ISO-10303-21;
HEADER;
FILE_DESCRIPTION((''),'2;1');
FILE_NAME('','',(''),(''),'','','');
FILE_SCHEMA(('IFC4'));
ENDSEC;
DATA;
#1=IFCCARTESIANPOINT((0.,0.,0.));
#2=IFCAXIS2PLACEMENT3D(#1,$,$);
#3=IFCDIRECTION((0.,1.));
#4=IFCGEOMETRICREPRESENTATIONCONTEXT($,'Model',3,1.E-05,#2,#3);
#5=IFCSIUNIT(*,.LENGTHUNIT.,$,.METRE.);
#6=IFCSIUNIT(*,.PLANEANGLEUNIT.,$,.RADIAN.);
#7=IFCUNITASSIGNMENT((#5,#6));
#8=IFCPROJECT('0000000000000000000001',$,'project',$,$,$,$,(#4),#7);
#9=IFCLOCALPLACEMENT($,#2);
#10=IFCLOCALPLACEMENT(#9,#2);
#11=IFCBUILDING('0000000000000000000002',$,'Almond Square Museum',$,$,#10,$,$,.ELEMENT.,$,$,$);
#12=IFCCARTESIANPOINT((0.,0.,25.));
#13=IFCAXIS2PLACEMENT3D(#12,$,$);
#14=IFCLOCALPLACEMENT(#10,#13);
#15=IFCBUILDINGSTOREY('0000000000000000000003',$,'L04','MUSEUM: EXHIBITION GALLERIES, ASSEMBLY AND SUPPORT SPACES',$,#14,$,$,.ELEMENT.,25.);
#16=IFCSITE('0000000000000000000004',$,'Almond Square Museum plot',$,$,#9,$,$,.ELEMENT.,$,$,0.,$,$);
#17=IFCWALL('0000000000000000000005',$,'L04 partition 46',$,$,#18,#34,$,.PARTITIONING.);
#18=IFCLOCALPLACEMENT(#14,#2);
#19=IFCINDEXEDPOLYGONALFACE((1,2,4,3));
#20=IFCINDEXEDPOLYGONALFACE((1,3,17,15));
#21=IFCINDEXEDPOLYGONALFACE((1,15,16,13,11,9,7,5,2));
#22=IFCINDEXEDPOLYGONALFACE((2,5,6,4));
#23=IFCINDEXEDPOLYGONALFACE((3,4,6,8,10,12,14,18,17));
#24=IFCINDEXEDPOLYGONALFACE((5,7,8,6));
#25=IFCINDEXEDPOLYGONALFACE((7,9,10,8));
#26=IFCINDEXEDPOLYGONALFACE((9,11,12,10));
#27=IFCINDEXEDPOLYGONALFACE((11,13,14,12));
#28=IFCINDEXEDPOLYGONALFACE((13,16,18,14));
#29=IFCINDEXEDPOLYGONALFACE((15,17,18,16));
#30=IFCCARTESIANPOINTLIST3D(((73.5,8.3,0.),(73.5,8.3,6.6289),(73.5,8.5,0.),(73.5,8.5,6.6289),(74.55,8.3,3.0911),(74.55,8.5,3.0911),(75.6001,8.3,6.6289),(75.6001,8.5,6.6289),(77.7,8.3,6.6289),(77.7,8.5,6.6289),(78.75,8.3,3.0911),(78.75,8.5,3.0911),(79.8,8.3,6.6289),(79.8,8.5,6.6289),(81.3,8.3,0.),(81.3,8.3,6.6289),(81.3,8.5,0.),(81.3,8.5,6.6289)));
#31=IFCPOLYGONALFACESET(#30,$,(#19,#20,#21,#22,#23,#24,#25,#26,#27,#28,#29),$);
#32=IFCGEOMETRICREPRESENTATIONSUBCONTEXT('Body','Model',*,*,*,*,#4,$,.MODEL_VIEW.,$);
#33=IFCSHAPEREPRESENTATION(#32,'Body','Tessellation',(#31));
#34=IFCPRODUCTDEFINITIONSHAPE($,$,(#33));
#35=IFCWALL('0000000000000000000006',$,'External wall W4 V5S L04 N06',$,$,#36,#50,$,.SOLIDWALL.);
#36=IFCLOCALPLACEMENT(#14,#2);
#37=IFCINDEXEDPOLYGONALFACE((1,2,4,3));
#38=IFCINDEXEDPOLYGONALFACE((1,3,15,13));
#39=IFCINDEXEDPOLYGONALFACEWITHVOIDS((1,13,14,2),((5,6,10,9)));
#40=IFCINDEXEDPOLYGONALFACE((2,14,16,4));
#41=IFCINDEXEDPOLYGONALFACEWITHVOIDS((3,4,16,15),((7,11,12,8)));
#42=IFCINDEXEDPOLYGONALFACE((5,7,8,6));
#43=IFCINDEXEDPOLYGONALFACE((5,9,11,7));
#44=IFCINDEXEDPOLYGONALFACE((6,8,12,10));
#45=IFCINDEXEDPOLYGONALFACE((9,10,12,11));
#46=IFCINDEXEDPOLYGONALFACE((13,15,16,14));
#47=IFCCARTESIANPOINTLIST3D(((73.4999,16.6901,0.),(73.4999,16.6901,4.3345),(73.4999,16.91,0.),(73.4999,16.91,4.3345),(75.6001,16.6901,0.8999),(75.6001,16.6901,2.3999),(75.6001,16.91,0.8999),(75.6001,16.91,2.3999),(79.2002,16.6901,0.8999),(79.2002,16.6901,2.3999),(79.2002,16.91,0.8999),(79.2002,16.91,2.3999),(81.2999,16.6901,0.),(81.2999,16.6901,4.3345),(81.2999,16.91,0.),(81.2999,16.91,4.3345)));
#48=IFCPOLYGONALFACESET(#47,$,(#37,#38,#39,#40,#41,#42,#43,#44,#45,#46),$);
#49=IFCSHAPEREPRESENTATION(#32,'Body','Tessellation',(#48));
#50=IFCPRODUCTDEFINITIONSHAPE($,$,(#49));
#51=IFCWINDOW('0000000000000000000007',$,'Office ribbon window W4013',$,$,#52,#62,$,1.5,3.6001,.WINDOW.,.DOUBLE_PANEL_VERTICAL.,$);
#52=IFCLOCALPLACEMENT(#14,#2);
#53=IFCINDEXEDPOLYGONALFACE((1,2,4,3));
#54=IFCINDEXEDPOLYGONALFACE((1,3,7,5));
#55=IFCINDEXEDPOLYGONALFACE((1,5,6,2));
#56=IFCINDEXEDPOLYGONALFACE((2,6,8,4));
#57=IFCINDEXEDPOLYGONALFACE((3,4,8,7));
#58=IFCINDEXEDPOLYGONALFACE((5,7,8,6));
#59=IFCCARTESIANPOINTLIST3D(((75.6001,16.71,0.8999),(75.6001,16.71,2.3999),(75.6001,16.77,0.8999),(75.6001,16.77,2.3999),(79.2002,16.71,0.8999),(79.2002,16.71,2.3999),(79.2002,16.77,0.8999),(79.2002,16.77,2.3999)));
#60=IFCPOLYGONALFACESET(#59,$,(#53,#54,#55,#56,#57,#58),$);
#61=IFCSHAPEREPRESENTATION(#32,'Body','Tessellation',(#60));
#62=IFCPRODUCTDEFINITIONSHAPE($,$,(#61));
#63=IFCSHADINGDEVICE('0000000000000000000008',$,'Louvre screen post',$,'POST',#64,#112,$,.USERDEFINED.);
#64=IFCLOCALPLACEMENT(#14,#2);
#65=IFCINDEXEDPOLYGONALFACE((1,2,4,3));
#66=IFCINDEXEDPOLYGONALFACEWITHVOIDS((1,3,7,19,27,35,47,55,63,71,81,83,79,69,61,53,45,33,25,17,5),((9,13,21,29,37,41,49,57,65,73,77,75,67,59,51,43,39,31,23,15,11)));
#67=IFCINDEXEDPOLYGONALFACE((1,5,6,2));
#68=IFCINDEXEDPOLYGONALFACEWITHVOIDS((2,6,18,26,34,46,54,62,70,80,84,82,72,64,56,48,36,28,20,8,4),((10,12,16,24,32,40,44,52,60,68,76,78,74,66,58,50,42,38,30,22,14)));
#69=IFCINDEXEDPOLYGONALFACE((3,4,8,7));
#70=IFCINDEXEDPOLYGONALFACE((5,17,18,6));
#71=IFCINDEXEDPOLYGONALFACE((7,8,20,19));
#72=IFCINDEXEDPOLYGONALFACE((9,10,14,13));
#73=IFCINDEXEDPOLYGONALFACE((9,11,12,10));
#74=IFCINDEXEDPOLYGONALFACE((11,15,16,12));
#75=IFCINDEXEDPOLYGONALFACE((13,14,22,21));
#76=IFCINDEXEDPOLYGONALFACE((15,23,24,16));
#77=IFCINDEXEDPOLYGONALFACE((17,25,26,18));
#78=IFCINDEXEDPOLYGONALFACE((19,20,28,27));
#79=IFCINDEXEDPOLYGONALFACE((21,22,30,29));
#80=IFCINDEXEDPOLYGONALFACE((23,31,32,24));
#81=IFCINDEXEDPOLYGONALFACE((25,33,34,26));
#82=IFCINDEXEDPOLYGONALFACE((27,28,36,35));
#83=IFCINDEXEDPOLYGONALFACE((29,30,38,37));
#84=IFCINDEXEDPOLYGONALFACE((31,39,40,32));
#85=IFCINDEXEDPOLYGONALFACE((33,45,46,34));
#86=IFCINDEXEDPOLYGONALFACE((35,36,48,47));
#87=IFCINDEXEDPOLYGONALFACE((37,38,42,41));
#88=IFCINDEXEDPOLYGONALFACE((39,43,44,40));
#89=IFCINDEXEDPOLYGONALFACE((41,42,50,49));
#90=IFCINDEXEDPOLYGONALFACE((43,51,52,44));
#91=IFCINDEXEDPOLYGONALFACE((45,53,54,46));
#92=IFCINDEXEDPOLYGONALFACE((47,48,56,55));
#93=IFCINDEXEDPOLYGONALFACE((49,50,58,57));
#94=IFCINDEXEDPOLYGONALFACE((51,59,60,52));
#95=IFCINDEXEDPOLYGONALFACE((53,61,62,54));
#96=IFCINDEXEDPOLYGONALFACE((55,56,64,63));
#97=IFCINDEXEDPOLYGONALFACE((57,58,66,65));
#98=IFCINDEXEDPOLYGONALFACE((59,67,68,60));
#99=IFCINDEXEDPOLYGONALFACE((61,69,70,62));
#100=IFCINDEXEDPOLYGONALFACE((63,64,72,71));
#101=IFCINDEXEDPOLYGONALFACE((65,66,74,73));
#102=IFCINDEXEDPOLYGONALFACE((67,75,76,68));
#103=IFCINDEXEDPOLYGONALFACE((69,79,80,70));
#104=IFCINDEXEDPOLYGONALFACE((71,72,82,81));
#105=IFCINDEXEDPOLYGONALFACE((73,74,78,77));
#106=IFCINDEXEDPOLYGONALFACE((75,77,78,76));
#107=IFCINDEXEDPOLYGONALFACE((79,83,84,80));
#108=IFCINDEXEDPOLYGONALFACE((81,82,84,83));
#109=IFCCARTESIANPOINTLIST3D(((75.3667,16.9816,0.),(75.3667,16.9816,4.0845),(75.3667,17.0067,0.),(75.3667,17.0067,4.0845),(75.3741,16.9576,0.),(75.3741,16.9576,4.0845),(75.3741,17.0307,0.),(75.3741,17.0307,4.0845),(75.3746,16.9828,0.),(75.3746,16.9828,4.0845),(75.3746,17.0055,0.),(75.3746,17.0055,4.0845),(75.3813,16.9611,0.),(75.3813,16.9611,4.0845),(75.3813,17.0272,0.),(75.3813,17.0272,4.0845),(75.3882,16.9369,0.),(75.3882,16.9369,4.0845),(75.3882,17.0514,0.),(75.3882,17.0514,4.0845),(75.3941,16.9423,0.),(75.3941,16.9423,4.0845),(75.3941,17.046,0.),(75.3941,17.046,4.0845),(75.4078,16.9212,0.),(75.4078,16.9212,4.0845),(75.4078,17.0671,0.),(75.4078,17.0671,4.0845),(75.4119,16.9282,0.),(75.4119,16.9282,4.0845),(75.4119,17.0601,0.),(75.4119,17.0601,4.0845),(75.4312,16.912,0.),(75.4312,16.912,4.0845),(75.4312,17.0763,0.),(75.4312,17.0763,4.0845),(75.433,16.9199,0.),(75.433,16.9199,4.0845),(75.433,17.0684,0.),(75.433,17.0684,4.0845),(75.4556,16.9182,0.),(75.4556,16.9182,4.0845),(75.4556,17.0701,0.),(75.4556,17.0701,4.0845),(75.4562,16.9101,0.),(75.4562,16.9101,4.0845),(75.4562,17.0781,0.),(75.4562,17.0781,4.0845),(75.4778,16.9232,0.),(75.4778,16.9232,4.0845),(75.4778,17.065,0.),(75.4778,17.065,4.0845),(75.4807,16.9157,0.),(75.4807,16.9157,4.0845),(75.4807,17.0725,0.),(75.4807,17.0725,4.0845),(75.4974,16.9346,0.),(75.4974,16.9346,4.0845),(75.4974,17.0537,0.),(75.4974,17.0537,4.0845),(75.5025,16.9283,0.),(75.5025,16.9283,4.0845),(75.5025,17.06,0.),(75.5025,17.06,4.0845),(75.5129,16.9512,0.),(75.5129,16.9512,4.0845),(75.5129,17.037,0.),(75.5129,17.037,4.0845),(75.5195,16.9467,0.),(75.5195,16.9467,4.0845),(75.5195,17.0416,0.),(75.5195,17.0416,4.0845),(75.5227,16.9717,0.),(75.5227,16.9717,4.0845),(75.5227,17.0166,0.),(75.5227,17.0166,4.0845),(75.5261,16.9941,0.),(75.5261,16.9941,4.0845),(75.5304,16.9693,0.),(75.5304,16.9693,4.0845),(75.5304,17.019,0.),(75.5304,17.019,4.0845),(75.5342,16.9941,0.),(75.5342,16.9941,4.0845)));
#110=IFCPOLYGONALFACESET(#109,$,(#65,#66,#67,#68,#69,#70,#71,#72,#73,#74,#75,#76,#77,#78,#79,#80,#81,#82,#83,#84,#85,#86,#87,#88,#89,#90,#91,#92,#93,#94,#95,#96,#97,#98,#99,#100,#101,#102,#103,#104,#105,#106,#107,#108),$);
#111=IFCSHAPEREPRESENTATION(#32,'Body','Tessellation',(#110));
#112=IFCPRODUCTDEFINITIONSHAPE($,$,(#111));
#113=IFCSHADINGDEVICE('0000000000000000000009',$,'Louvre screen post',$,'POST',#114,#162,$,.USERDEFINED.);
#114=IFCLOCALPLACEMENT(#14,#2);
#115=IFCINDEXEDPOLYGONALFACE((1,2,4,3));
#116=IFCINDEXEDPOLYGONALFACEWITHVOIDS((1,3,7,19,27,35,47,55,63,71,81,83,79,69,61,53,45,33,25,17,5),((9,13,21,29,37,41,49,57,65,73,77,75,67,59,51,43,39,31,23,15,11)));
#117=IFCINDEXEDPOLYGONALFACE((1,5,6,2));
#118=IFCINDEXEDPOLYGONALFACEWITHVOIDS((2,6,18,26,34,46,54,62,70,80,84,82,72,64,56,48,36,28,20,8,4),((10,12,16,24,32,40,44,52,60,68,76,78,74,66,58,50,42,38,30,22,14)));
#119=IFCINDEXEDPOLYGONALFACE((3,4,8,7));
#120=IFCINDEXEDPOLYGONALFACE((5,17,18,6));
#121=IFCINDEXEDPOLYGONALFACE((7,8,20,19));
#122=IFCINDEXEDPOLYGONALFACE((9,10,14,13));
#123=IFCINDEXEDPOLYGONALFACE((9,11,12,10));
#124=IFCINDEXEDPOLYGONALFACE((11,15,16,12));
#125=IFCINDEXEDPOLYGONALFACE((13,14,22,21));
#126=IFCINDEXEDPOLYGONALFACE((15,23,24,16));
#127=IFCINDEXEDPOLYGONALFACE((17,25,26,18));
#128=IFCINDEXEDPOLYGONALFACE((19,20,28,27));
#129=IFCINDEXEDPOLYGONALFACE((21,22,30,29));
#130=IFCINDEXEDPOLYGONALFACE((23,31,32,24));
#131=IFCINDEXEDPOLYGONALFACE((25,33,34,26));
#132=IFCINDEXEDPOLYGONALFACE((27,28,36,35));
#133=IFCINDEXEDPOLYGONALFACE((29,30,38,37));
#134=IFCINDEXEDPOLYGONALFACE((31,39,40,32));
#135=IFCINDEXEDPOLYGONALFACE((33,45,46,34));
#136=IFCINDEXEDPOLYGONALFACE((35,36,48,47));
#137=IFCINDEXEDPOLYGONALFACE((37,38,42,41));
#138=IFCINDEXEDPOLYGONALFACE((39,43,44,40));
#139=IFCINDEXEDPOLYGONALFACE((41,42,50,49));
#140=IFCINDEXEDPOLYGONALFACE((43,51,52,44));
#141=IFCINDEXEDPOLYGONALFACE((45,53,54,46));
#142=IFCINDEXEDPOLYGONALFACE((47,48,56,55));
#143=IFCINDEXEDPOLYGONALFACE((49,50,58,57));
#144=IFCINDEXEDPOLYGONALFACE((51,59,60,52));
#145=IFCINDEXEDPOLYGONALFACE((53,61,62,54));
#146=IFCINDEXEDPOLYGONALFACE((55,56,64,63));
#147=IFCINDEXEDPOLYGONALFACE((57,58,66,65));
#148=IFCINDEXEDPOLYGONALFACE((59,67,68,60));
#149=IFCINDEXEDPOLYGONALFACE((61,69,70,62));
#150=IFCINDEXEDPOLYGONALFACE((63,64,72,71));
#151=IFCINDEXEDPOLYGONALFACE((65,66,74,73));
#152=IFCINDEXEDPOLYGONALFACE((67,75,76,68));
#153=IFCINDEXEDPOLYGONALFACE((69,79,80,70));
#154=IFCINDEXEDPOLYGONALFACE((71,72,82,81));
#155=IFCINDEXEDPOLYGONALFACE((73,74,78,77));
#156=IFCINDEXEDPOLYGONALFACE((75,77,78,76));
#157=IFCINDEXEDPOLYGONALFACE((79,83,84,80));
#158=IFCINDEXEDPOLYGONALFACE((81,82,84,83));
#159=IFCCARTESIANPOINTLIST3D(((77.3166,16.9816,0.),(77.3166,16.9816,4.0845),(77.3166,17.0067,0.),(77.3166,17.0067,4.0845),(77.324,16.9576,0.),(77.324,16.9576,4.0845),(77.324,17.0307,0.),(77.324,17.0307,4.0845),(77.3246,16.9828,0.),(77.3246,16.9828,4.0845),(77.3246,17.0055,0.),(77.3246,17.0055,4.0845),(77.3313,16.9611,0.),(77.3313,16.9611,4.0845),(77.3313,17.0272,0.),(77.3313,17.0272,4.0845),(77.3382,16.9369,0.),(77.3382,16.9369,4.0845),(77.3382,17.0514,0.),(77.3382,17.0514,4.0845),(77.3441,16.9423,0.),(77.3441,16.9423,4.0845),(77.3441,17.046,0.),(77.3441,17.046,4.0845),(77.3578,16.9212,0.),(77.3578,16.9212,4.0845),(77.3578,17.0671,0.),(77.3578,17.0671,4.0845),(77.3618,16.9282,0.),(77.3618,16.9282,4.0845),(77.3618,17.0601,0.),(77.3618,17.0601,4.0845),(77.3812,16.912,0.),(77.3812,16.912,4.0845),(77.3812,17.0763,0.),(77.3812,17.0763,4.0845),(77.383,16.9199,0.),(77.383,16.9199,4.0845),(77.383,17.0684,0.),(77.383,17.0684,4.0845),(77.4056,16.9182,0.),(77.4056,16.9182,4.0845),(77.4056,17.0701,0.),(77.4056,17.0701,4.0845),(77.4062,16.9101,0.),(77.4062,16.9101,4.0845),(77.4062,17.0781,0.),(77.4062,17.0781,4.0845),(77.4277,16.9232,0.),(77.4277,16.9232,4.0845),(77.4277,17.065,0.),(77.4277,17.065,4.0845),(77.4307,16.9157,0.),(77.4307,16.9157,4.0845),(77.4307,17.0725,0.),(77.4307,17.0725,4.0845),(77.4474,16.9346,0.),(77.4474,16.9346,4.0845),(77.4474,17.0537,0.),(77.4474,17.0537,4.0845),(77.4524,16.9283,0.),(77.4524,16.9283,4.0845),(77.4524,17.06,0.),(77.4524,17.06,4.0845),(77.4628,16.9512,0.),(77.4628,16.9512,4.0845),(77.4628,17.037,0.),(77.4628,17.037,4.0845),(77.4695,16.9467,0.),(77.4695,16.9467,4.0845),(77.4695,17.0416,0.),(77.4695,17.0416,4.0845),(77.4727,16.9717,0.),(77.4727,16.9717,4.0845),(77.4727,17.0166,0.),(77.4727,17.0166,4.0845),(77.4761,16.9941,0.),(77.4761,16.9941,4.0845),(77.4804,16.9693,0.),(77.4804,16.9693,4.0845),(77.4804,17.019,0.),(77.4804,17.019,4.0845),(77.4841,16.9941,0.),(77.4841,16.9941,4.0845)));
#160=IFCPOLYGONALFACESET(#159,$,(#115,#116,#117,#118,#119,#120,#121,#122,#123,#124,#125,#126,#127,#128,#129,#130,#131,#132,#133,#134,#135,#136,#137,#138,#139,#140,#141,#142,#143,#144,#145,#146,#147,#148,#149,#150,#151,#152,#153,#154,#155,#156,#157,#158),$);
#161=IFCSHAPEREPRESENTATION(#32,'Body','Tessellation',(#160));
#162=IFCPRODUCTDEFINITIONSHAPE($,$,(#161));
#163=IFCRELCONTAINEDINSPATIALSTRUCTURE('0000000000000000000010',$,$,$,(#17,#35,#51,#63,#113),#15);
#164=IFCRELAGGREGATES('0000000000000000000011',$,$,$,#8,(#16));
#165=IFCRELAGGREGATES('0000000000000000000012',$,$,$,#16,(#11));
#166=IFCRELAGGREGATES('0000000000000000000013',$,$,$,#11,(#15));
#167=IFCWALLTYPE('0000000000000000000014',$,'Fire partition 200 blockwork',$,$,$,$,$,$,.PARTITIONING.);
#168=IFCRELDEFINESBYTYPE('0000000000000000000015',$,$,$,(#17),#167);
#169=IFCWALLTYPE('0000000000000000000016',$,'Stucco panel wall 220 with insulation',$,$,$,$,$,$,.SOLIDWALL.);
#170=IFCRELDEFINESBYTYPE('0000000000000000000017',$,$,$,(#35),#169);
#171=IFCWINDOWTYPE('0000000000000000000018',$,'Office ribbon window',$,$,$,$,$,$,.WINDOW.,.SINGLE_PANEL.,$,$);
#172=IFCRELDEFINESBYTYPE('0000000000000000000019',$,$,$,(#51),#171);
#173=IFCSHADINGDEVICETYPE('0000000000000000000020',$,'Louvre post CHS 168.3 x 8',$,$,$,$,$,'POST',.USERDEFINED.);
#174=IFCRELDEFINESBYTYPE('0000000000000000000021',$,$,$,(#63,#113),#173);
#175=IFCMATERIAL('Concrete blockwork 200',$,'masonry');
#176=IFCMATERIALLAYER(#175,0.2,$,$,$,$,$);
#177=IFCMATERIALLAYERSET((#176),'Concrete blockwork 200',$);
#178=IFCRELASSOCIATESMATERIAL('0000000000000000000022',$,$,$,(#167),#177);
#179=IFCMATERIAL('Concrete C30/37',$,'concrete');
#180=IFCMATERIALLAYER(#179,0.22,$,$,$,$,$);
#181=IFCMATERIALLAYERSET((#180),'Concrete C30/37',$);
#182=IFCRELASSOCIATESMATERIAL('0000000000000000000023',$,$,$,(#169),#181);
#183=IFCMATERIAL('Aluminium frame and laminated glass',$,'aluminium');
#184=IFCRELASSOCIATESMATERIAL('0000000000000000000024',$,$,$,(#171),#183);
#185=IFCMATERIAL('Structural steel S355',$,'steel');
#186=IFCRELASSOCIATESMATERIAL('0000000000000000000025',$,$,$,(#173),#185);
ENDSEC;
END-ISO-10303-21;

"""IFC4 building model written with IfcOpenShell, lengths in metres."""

from ifc_helpers import new_model, si_unit, direction, frame, frame_2d, origin, origin_2d, place, context, subcontext, project, spatial, polyline, rectangle, hollow_circle, outline, extrude, material, layer, layer_set, material_profile, profile_set, type_object, element, fill, save


model = new_model("IFC4")

# Units and contexts
model_context = context("Model", 3, precision=1e-05, world=origin(), true_north=direction((0.0, 1.0)))
body_context = subcontext(model_context, "Body", "Model", "MODEL_VIEW")
ifc_project = project(units=[si_unit("LENGTHUNIT", "METRE"), si_unit("PLANEANGLEUNIT", "RADIAN")], contexts=[model_context])

# Site, building, storey
site_placement = place(None, origin())
site = spatial("IfcSite", under=ifc_project, at=site_placement, Name="Almond Square Museum plot", CompositionType="ELEMENT", RefElevation=0.0)
building_placement = place(site_placement, origin())
building = spatial("IfcBuilding", under=site, at=building_placement, Name="Almond Square Museum", CompositionType="ELEMENT")
storey_placement = place(building_placement, frame((0.0, 0.0, 25.0)))
storey = spatial("IfcBuildingStorey", under=building, at=storey_placement, Name="L04", Description="MUSEUM: EXHIBITION GALLERIES, ASSEMBLY AND SUPPORT SPACES", CompositionType="ELEMENT", Elevation=25.0)

# Wall
ifc_material_1 = material(Name="Concrete blockwork 200", Category="masonry")
ifc_layer_1 = layer(ifc_material_1, 0.2)
ifc_layer_set_1 = layer_set([ifc_layer_1], Name="Concrete blockwork 200")
wall_type_1 = type_object("IfcWallType", Name="Fire partition 200 blockwork", PredefinedType="PARTITIONING", material=ifc_layer_set_1)
wall_1_placement = place(storey_placement, frame((73.5, 8.3999, 0.0), z_axis=(0.0, 0.0, 1.0), x_axis=(1.0, 0.0, 0.0)))
element("IfcWall", 1, at=wall_1_placement, inside=storey, type_object=wall_type_1, Name="L04 partition 46", PredefinedType="PARTITIONING", context=body_context, shape_type="SweptSolid", body=[
    extrude(outline(polyline([(0.0, 0.0), (7.8, 0.0), (7.8, 6.6289), (6.3, 6.6289), (5.25, 3.0911), (4.2, 6.6289), (2.1001, 6.6289), (1.05, 3.0911), (0.0, 6.6289), (0.0, 0.0)])), frame((0.0, 0.1001, 0.0), z_axis=(0.0, -1.0, 0.0), x_axis=(1.0, 0.0, 0.0)), (0.0, 0.0, 1.0), 0.2),
])

# Wall, opening, window
ifc_material_2 = material(Name="Concrete C30/37", Category="concrete")
ifc_layer_2 = layer(ifc_material_2, 0.22)
ifc_layer_set_2 = layer_set([ifc_layer_2], Name="Concrete C30/37")
wall_type_2 = type_object("IfcWallType", Name="Stucco panel wall 220 with insulation", PredefinedType="SOLIDWALL", material=ifc_layer_set_2)
wall_2_placement = place(storey_placement, frame((73.5, 16.8, 0.0), z_axis=(0.0, 0.0, 1.0), x_axis=(1.0, 0.0, 0.0)))
wall_2 = element("IfcWall", 2, at=wall_2_placement, inside=storey, type_object=wall_type_2, Name="External wall W4 V5S L04 N06", PredefinedType="SOLIDWALL", context=body_context, shape_type="SweptSolid", body=[
    extrude(rectangle(XDim=7.8, YDim=0.22, at=frame_2d((3.8999, 0.0))), origin(), (0.0, 0.0, 1.0), 4.3345),
])
opening_placement = place(wall_2_placement, frame((2.1001, 0.0, 0.8999)))
opening = element("IfcOpeningElement", 3, at=opening_placement, cuts=wall_2, PredefinedType="OPENING", context=body_context, shape_type="SweptSolid", body=[
    extrude(rectangle(XDim=3.6001, YDim=1.5, at=frame_2d((1.8, 0.75))), frame((0.0, 0.1199, 0.0), z_axis=(0.0, -1.0, 0.0), x_axis=(1.0, 0.0, 0.0)), (0.0, 0.0, 1.0), 0.24),
])
ifc_material_3 = material(Name="Aluminium frame and laminated glass", Category="aluminium")
window_type = type_object("IfcWindowType", Name="Office ribbon window", PartitioningType="SINGLE_PANEL", PredefinedType="WINDOW", material=ifc_material_3)
window_placement = place(opening_placement, origin())
window = element("IfcWindow", 4, at=window_placement, inside=storey, type_object=window_type, Name="Office ribbon window W4013", OverallHeight=1.5, OverallWidth=3.6001, PartitioningType="DOUBLE_PANEL_VERTICAL", PredefinedType="WINDOW", context=body_context, shape_type="SweptSolid", body=[
    extrude(rectangle(XDim=3.6001, YDim=1.5, at=frame_2d((1.8, 0.75))), frame((0.0, -0.03, 0.0), z_axis=(0.0, -1.0, 0.0), x_axis=(1.0, 0.0, 0.0)), (0.0, 0.0, 1.0), 0.0601),
])
fill(opening, window)

# Shading devices
ifc_material_4 = material(Name="Structural steel S355", Category="steel")
ifc_material_profile_1 = material_profile(ifc_material_4, hollow_circle(Radius=0.0842, WallThickness=0.0081, at=origin_2d()))
ifc_profile_set_1 = profile_set([ifc_material_profile_1], Name="Structural steel S355")
shading_device_type_1 = type_object("IfcShadingDeviceType", Name="Louvre post CHS 168.3 x 8", ElementType="POST", PredefinedType="USERDEFINED", material=ifc_profile_set_1)
for number, where, z_axis, x_axis, name in (
    (5, (75.45, 16.9941, 0.0), (0.0, 0.0, 1.0), (1.0, 0.0, 0.0), "Louvre screen post"),
    (6, (77.3999, 16.9941, 0.0), (0.0, 0.0, 1.0), (1.0, 0.0, 0.0), "Louvre screen post"),
):
    element("IfcShadingDevice", number, at=place(storey_placement, frame(where, z_axis=z_axis, x_axis=x_axis)), inside=storey, type_object=shading_device_type_1, Name=name, ObjectType="POST", PredefinedType="USERDEFINED", context=body_context, shape_type="SweptSolid", body=[
        extrude(hollow_circle(Radius=0.0842, WallThickness=0.0081, at=origin_2d()), origin(), (0.0, 0.0, 1.0), 4.0845),
    ])

save(model, "model.ifc")
